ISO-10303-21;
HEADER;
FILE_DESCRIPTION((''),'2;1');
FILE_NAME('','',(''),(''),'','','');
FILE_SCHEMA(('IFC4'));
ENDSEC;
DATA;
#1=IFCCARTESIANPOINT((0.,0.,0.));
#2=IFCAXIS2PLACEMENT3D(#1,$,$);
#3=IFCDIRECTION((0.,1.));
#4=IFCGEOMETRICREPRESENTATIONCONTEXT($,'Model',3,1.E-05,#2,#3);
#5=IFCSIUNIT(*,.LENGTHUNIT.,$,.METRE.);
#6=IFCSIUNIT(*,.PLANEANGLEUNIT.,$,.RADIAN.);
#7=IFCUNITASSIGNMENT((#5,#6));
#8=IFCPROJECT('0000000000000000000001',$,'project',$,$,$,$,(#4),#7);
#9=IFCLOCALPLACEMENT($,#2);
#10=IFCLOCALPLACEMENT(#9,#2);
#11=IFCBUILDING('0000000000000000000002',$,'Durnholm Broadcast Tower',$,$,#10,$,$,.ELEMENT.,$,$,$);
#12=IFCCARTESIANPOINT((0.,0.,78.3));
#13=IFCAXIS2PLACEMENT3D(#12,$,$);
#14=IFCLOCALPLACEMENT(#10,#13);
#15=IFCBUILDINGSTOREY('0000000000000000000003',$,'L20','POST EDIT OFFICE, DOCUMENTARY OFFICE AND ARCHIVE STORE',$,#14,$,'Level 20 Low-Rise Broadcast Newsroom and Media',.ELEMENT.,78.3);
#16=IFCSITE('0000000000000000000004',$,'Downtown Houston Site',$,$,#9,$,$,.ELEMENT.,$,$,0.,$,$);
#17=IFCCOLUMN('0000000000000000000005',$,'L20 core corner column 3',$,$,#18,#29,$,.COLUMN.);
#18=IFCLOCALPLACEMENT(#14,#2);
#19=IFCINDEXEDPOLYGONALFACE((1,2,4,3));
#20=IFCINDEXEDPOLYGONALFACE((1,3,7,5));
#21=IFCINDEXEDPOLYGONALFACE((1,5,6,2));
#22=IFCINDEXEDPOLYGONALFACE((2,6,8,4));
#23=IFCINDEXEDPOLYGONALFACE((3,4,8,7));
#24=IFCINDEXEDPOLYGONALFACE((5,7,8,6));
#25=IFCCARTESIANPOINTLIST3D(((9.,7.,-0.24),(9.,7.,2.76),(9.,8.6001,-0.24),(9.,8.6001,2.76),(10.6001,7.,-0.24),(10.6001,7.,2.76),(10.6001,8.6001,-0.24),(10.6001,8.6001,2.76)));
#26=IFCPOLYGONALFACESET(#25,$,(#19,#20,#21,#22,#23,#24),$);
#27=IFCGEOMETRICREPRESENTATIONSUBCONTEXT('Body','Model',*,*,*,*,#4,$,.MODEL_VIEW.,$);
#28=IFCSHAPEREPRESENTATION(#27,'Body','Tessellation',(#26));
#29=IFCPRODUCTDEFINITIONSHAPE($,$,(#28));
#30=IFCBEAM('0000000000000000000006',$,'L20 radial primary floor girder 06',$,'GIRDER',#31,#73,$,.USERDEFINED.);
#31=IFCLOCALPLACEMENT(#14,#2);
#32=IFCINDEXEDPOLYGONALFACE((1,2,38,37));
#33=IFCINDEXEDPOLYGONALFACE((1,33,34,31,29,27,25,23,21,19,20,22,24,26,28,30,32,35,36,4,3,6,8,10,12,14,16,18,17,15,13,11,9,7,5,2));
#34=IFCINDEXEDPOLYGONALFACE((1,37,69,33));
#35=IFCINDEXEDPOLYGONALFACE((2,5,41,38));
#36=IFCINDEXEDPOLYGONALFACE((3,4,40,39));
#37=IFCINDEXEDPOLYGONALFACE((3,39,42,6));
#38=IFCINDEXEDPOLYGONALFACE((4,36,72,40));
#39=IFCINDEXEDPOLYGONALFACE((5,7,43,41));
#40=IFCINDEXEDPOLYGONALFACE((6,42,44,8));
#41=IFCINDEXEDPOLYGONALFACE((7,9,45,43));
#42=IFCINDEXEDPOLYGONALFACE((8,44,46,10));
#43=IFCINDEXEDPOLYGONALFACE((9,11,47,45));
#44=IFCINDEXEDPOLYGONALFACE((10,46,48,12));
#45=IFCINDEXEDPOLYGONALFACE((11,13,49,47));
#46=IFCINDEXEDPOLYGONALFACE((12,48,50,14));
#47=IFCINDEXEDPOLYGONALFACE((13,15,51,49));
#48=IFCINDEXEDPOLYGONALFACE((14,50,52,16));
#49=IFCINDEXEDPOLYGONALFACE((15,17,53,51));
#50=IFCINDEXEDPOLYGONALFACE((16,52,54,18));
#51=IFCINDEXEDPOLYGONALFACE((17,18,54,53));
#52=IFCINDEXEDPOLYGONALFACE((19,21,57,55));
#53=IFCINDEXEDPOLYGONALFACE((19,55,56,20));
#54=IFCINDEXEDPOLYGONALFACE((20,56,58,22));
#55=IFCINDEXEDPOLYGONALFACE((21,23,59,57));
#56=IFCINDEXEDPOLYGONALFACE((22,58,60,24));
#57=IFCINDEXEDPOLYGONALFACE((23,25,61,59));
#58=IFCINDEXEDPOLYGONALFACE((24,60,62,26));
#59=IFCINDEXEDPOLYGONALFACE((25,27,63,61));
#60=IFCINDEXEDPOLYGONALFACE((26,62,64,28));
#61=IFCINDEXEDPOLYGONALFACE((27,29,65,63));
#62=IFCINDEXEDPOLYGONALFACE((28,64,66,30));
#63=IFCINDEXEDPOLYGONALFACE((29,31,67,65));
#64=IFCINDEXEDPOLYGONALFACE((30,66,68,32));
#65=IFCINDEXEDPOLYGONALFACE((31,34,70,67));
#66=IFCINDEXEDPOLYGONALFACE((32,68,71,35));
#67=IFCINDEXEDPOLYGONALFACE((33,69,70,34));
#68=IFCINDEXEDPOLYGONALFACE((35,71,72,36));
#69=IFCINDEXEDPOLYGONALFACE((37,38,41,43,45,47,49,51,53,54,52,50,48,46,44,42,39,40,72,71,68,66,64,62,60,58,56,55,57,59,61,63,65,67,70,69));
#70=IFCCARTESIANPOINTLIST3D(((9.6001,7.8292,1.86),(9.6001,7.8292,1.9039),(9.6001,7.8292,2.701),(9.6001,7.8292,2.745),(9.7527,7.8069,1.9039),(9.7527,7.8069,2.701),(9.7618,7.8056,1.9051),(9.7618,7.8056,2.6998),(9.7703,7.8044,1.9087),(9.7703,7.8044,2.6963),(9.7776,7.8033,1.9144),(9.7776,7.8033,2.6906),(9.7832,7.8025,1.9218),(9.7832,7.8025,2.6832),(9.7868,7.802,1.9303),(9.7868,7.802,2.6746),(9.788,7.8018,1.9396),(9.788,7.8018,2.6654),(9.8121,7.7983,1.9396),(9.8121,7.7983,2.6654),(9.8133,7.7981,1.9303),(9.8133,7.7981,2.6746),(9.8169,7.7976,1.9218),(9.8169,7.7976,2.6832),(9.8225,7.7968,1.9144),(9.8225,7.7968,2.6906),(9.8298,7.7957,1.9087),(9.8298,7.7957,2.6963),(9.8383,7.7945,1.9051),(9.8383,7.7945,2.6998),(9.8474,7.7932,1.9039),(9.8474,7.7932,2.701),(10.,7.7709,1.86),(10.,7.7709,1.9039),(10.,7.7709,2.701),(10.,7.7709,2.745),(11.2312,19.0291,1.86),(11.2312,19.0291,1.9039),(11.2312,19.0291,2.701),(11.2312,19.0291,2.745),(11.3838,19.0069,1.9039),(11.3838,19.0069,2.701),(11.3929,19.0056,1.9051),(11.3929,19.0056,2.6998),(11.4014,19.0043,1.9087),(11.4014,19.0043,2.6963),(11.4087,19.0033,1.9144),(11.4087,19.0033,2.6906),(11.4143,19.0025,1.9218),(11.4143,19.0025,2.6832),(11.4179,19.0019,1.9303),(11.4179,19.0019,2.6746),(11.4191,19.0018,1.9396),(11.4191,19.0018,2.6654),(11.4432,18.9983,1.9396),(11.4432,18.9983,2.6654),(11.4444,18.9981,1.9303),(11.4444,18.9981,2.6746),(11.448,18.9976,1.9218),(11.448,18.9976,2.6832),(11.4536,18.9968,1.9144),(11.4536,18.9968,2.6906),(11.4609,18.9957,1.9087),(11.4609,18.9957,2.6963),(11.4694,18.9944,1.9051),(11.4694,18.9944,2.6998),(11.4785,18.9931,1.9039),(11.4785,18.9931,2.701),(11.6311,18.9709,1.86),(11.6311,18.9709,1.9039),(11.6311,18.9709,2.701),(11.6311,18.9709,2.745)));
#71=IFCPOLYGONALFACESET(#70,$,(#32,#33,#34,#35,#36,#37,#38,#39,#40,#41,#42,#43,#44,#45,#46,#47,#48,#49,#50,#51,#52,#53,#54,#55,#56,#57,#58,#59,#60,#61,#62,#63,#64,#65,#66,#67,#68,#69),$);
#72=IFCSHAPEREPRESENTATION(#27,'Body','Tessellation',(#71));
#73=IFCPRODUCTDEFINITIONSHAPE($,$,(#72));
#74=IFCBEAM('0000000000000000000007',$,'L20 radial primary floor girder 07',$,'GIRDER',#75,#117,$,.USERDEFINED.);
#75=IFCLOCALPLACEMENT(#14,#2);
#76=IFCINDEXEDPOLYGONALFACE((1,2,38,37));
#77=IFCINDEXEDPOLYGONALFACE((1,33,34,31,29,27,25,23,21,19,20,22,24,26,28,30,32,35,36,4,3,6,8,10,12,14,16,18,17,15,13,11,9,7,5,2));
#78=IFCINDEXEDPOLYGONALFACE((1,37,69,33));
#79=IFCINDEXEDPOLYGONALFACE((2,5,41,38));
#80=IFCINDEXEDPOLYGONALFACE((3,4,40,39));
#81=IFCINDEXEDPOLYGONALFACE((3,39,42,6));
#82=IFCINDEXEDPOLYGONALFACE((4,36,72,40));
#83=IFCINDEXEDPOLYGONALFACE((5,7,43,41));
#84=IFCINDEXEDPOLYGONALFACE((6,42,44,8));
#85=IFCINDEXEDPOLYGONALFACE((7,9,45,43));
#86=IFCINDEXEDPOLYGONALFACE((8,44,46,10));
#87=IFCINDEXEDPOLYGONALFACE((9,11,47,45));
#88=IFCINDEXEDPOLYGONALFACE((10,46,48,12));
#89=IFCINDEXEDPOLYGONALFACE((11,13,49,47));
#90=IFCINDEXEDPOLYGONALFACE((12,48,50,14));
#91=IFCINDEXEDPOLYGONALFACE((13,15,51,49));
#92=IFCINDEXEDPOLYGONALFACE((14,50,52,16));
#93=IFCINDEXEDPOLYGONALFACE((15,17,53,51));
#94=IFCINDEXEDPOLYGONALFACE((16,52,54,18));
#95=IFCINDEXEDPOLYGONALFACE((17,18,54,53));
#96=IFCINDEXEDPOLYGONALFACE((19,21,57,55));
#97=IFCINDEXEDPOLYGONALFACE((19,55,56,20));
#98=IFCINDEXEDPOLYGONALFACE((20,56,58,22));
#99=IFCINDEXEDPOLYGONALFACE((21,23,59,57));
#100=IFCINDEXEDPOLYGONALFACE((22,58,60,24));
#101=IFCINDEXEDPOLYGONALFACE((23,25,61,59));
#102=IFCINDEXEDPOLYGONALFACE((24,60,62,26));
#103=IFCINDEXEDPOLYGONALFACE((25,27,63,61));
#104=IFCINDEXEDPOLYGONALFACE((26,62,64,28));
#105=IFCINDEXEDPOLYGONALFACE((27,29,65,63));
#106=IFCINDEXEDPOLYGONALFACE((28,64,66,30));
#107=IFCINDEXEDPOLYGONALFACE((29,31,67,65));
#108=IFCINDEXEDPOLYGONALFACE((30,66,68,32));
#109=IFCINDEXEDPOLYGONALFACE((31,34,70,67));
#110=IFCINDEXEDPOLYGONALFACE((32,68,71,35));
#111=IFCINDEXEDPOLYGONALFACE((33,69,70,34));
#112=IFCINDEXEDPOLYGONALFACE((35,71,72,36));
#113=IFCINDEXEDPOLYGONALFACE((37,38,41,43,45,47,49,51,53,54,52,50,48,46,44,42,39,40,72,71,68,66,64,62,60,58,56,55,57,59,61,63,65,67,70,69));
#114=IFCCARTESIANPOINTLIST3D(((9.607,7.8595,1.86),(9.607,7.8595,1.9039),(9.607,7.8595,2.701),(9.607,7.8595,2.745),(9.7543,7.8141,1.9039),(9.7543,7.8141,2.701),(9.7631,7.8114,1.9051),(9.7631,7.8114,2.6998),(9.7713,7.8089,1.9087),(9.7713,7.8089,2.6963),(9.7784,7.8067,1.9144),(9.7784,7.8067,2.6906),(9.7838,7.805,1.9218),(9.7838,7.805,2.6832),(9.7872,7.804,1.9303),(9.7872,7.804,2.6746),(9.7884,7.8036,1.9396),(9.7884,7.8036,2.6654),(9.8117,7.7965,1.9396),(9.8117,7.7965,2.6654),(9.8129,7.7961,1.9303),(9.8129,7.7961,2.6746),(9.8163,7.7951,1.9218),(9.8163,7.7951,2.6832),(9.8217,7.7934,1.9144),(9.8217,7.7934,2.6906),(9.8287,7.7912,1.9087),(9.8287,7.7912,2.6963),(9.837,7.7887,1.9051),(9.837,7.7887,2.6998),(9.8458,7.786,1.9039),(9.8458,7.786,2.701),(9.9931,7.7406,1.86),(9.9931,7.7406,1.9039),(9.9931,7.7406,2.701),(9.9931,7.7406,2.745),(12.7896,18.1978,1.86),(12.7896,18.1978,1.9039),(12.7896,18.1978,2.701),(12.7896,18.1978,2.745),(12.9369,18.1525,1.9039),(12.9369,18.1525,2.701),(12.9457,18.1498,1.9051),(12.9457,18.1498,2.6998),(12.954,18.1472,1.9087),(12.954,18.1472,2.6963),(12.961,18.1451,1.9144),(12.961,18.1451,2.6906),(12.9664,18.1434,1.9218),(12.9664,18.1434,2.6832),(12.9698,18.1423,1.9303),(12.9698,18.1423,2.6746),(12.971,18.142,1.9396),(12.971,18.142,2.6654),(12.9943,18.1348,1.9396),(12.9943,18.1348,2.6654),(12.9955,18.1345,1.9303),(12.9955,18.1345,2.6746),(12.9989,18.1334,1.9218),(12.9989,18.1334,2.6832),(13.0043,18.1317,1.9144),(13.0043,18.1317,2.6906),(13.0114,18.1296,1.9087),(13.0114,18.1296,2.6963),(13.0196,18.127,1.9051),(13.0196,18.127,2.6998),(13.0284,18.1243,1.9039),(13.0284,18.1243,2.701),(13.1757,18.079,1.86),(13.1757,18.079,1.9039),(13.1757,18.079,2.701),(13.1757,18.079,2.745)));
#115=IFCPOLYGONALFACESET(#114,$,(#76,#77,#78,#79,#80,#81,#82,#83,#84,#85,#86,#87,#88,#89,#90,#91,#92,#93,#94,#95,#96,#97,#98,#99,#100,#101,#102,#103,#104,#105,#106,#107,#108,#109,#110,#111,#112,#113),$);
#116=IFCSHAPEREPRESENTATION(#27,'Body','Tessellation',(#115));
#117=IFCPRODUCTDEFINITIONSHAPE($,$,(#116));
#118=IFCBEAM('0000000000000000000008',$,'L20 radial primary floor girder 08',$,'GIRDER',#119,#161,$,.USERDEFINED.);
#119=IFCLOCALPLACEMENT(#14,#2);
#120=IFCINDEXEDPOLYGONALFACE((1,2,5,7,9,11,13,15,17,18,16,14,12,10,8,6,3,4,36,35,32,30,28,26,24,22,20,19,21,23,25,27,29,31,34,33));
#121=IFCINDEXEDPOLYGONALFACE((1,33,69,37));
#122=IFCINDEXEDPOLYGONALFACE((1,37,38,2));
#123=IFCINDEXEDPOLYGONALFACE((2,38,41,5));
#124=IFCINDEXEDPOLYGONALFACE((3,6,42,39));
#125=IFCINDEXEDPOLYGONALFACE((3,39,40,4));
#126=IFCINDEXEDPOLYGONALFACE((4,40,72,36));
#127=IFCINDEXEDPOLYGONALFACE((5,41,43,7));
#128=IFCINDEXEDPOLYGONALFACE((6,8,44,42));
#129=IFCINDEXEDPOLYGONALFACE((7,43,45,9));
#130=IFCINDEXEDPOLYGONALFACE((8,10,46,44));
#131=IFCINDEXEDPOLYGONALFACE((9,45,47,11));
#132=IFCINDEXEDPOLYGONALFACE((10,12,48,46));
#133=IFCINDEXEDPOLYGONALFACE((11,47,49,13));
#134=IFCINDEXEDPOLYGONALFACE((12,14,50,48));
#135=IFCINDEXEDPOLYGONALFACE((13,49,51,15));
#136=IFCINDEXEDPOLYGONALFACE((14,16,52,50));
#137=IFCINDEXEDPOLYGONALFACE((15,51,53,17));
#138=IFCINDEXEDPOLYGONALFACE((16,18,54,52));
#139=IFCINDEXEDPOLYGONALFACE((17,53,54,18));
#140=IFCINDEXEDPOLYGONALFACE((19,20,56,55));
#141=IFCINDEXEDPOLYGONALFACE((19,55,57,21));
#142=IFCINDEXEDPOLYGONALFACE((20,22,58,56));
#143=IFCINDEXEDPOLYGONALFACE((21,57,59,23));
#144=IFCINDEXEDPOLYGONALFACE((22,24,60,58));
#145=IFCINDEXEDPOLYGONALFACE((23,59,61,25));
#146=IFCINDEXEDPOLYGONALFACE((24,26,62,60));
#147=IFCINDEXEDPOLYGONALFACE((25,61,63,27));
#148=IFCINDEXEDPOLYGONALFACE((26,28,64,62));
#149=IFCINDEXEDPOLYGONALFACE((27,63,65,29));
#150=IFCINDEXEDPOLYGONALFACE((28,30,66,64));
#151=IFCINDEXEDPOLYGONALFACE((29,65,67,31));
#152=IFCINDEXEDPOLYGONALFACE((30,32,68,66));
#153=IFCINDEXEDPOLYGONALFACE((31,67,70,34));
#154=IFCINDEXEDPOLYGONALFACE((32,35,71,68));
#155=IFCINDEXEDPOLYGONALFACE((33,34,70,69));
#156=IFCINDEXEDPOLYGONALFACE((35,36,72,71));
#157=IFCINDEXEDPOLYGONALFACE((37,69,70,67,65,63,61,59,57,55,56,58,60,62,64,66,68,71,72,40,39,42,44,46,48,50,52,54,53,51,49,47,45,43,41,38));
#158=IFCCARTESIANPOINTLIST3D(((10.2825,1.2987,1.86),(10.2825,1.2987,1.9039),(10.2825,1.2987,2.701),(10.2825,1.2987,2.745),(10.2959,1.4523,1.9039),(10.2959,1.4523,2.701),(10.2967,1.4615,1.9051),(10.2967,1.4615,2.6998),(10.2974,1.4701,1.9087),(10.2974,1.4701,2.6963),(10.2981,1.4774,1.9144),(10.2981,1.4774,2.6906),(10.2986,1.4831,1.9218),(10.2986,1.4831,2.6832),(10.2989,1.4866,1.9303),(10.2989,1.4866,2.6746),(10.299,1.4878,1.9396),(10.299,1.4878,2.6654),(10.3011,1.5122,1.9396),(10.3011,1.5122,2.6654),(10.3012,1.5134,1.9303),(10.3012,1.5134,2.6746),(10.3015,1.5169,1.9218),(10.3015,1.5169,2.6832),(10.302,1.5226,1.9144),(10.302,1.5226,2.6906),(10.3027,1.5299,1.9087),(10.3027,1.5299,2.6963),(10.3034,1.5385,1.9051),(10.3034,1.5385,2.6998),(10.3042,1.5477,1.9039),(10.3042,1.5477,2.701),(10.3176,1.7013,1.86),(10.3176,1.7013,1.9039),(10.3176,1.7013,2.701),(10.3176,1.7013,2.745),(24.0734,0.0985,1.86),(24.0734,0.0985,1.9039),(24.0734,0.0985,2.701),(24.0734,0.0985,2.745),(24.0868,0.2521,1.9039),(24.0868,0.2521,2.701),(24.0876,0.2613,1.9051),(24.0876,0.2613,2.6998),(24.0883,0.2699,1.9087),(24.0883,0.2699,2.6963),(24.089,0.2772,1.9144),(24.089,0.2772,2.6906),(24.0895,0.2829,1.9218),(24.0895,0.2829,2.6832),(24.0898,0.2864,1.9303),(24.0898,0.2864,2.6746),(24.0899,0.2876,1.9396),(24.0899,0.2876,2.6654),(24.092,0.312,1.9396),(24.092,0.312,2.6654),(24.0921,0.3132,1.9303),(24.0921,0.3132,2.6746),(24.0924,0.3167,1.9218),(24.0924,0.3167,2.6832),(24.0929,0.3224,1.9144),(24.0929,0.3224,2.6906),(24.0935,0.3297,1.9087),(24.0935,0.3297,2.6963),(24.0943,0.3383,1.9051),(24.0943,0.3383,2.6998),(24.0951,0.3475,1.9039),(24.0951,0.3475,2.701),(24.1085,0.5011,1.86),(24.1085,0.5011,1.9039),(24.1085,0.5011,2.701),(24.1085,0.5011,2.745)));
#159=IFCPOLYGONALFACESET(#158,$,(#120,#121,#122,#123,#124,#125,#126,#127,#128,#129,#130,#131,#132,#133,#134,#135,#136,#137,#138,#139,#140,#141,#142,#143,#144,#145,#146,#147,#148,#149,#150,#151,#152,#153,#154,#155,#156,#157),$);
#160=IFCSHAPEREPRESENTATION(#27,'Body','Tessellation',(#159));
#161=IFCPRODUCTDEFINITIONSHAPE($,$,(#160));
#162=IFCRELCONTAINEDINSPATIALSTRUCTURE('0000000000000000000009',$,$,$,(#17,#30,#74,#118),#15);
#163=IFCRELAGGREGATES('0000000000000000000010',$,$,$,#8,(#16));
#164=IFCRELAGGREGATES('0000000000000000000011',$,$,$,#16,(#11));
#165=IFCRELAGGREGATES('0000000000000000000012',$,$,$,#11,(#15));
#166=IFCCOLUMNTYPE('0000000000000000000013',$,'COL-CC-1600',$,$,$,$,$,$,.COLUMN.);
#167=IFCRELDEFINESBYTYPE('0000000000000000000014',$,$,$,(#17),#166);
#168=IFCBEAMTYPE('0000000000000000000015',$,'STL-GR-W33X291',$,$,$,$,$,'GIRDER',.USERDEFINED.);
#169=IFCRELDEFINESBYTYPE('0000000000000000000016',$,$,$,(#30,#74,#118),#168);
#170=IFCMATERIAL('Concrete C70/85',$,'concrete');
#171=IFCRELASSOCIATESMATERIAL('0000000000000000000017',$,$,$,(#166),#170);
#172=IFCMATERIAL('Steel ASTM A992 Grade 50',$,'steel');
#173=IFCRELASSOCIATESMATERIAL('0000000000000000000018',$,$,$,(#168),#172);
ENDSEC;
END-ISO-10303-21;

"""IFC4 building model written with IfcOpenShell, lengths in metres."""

from ifc_helpers import new_model, si_unit, direction, frame, origin, origin_2d, place, context, subcontext, project, spatial, rectangle, i_section, extrude, source, transform, mapped, material, material_profile, profile_set, type_object, type_shapes, element, save


model = new_model("IFC4")

# Units and contexts
model_context = context("Model", 3, precision=1e-05, world=origin(), true_north=direction((0.0, 1.0)))
body_context = subcontext(model_context, "Body", "Model", "MODEL_VIEW")
ifc_project = project(units=[si_unit("LENGTHUNIT", "METRE"), si_unit("PLANEANGLEUNIT", "RADIAN")], contexts=[model_context])

# Site, building, storey
site_placement = place(None, origin())
site = spatial("IfcSite", under=ifc_project, at=site_placement, Name="Downtown Houston Site", CompositionType="ELEMENT", RefElevation=0.0)
building_placement = place(site_placement, origin())
building = spatial("IfcBuilding", under=site, at=building_placement, Name="Durnholm Broadcast Tower", CompositionType="ELEMENT")
storey_placement = place(building_placement, frame((0.0, 0.0, 78.3)))
storey = spatial("IfcBuildingStorey", under=building, at=storey_placement, Name="L20", Description="POST EDIT OFFICE, DOCUMENTARY OFFICE AND ARCHIVE STORE", LongName="Level 20 Low-Rise Broadcast Newsroom and Media", CompositionType="ELEMENT", Elevation=78.3)

# Column
ifc_material_1 = material(Name="Concrete C70/85", Category="concrete")
ifc_material_profile_1 = material_profile(ifc_material_1, rectangle(XDim=1.6001, YDim=1.6001, at=origin_2d()), Name="RC1600X1600")
ifc_profile_set_1 = profile_set([ifc_material_profile_1], Name="Concrete C70/85")
column_type = type_object("IfcColumnType", Name="COL-CC-1600", PredefinedType="COLUMN", material=ifc_profile_set_1)
shared_shape_1 = source(origin(), body_context, "Body", "SweptSolid", [
    extrude(rectangle(XDim=1.6001, YDim=1.6001, at=origin_2d()), origin(), (0.0, 0.0, 1.0), 3.0),
])
type_shapes(column_type, [shared_shape_1])
column_placement = place(storey_placement, frame((9.8, 7.8, -0.24), z_axis=(0.0, 0.0, 1.0), x_axis=(1.0, 0.0, 0.0)))
element("IfcColumn", 1, at=column_placement, inside=storey, type_object=column_type, Name="L20 core corner column 3", PredefinedType="COLUMN", context=body_context, shape_type="MappedRepresentation", body=[
    mapped(shared_shape_1, transform((0.0, 0.0, 0.0), x_axis=(1.0, 0.0, 0.0), y_axis=(0.0, 1.0, 0.0), z_axis=(0.0, 0.0, 1.0), scale=1.0)),
])

# Beams
ifc_material_2 = material(Name="Steel ASTM A992 Grade 50", Category="steel")
ifc_material_profile_2 = material_profile(ifc_material_2, i_section(OverallWidth=0.4041, OverallDepth=0.885, WebThickness=0.0244, FlangeThickness=0.0439, FilletRadius=0.0356, at=origin_2d()), Name="W33X291")
ifc_profile_set_2 = profile_set([ifc_material_profile_2], Name="Steel ASTM A992 Grade 50")
beam_type_1 = type_object("IfcBeamType", Name="STL-GR-W33X291", ElementType="GIRDER", PredefinedType="USERDEFINED", material=ifc_profile_set_2)
shared_shape_2 = source(origin(), body_context, "Body", "SweptSolid", [
    extrude(i_section(OverallWidth=0.4041, OverallDepth=0.885, WebThickness=0.0244, FlangeThickness=0.0439, FilletRadius=0.0356, at=origin_2d()), origin(), (0.0, 0.0, 1.0), 11.3181),
])
beam_1_placement = place(storey_placement, frame((9.8, 7.8, 2.3025), z_axis=(0.144115, 0.989561, 0.0), x_axis=(-0.989561, 0.144115, 0.0)))
element("IfcBeam", 2, at=beam_1_placement, inside=storey, type_object=beam_type_1, Name="L20 radial primary floor girder 06", ObjectType="GIRDER", PredefinedType="USERDEFINED", context=body_context, shape_type="MappedRepresentation", body=[
    mapped(shared_shape_2, transform((0.0, 0.0, 0.0), x_axis=(1.0, 0.0, 0.0), y_axis=(0.0, 1.0, 0.0), z_axis=(0.0, 0.0, 1.0), scale=1.0)),
])
shared_shape_3 = source(origin(), body_context, "Body", "SweptSolid", [
    extrude(i_section(OverallWidth=0.4041, OverallDepth=0.885, WebThickness=0.0244, FlangeThickness=0.0439, FilletRadius=0.0356, at=origin_2d()), origin(), (0.0, 0.0, 1.0), 10.8171),
])
beam_2_placement = place(storey_placement, frame((9.8, 7.8, 2.3025), z_axis=(0.294219, 0.955738, 0.0), x_axis=(-0.955738, 0.294219, 0.0)))
element("IfcBeam", 3, at=beam_2_placement, inside=storey, type_object=beam_type_1, Name="L20 radial primary floor girder 07", ObjectType="GIRDER", PredefinedType="USERDEFINED", context=body_context, shape_type="MappedRepresentation", body=[
    mapped(shared_shape_3, transform((0.0, 0.0, 0.0), x_axis=(1.0, 0.0, 0.0), y_axis=(0.0, 1.0, 0.0), z_axis=(0.0, 0.0, 1.0), scale=1.0)),
])
shared_shape_4 = source(origin(), body_context, "Body", "SweptSolid", [
    extrude(i_section(OverallWidth=0.4041, OverallDepth=0.885, WebThickness=0.0244, FlangeThickness=0.0439, FilletRadius=0.0356, at=origin_2d()), origin(), (0.0, 0.0, 1.0), 13.843),
])
beam_3_placement = place(storey_placement, frame((10.3, 1.5, 2.3025), z_axis=(0.996234, -0.086701, 0.0), x_axis=(0.086701, 0.996234, 0.0)))
element("IfcBeam", 4, at=beam_3_placement, inside=storey, type_object=beam_type_1, Name="L20 radial primary floor girder 08", ObjectType="GIRDER", PredefinedType="USERDEFINED", context=body_context, shape_type="MappedRepresentation", body=[
    mapped(shared_shape_4, transform((0.0, 0.0, 0.0), x_axis=(1.0, 0.0, 0.0), y_axis=(0.0, 1.0, 0.0), z_axis=(0.0, 0.0, 1.0), scale=1.0)),
])

save(model, "model.ifc")
